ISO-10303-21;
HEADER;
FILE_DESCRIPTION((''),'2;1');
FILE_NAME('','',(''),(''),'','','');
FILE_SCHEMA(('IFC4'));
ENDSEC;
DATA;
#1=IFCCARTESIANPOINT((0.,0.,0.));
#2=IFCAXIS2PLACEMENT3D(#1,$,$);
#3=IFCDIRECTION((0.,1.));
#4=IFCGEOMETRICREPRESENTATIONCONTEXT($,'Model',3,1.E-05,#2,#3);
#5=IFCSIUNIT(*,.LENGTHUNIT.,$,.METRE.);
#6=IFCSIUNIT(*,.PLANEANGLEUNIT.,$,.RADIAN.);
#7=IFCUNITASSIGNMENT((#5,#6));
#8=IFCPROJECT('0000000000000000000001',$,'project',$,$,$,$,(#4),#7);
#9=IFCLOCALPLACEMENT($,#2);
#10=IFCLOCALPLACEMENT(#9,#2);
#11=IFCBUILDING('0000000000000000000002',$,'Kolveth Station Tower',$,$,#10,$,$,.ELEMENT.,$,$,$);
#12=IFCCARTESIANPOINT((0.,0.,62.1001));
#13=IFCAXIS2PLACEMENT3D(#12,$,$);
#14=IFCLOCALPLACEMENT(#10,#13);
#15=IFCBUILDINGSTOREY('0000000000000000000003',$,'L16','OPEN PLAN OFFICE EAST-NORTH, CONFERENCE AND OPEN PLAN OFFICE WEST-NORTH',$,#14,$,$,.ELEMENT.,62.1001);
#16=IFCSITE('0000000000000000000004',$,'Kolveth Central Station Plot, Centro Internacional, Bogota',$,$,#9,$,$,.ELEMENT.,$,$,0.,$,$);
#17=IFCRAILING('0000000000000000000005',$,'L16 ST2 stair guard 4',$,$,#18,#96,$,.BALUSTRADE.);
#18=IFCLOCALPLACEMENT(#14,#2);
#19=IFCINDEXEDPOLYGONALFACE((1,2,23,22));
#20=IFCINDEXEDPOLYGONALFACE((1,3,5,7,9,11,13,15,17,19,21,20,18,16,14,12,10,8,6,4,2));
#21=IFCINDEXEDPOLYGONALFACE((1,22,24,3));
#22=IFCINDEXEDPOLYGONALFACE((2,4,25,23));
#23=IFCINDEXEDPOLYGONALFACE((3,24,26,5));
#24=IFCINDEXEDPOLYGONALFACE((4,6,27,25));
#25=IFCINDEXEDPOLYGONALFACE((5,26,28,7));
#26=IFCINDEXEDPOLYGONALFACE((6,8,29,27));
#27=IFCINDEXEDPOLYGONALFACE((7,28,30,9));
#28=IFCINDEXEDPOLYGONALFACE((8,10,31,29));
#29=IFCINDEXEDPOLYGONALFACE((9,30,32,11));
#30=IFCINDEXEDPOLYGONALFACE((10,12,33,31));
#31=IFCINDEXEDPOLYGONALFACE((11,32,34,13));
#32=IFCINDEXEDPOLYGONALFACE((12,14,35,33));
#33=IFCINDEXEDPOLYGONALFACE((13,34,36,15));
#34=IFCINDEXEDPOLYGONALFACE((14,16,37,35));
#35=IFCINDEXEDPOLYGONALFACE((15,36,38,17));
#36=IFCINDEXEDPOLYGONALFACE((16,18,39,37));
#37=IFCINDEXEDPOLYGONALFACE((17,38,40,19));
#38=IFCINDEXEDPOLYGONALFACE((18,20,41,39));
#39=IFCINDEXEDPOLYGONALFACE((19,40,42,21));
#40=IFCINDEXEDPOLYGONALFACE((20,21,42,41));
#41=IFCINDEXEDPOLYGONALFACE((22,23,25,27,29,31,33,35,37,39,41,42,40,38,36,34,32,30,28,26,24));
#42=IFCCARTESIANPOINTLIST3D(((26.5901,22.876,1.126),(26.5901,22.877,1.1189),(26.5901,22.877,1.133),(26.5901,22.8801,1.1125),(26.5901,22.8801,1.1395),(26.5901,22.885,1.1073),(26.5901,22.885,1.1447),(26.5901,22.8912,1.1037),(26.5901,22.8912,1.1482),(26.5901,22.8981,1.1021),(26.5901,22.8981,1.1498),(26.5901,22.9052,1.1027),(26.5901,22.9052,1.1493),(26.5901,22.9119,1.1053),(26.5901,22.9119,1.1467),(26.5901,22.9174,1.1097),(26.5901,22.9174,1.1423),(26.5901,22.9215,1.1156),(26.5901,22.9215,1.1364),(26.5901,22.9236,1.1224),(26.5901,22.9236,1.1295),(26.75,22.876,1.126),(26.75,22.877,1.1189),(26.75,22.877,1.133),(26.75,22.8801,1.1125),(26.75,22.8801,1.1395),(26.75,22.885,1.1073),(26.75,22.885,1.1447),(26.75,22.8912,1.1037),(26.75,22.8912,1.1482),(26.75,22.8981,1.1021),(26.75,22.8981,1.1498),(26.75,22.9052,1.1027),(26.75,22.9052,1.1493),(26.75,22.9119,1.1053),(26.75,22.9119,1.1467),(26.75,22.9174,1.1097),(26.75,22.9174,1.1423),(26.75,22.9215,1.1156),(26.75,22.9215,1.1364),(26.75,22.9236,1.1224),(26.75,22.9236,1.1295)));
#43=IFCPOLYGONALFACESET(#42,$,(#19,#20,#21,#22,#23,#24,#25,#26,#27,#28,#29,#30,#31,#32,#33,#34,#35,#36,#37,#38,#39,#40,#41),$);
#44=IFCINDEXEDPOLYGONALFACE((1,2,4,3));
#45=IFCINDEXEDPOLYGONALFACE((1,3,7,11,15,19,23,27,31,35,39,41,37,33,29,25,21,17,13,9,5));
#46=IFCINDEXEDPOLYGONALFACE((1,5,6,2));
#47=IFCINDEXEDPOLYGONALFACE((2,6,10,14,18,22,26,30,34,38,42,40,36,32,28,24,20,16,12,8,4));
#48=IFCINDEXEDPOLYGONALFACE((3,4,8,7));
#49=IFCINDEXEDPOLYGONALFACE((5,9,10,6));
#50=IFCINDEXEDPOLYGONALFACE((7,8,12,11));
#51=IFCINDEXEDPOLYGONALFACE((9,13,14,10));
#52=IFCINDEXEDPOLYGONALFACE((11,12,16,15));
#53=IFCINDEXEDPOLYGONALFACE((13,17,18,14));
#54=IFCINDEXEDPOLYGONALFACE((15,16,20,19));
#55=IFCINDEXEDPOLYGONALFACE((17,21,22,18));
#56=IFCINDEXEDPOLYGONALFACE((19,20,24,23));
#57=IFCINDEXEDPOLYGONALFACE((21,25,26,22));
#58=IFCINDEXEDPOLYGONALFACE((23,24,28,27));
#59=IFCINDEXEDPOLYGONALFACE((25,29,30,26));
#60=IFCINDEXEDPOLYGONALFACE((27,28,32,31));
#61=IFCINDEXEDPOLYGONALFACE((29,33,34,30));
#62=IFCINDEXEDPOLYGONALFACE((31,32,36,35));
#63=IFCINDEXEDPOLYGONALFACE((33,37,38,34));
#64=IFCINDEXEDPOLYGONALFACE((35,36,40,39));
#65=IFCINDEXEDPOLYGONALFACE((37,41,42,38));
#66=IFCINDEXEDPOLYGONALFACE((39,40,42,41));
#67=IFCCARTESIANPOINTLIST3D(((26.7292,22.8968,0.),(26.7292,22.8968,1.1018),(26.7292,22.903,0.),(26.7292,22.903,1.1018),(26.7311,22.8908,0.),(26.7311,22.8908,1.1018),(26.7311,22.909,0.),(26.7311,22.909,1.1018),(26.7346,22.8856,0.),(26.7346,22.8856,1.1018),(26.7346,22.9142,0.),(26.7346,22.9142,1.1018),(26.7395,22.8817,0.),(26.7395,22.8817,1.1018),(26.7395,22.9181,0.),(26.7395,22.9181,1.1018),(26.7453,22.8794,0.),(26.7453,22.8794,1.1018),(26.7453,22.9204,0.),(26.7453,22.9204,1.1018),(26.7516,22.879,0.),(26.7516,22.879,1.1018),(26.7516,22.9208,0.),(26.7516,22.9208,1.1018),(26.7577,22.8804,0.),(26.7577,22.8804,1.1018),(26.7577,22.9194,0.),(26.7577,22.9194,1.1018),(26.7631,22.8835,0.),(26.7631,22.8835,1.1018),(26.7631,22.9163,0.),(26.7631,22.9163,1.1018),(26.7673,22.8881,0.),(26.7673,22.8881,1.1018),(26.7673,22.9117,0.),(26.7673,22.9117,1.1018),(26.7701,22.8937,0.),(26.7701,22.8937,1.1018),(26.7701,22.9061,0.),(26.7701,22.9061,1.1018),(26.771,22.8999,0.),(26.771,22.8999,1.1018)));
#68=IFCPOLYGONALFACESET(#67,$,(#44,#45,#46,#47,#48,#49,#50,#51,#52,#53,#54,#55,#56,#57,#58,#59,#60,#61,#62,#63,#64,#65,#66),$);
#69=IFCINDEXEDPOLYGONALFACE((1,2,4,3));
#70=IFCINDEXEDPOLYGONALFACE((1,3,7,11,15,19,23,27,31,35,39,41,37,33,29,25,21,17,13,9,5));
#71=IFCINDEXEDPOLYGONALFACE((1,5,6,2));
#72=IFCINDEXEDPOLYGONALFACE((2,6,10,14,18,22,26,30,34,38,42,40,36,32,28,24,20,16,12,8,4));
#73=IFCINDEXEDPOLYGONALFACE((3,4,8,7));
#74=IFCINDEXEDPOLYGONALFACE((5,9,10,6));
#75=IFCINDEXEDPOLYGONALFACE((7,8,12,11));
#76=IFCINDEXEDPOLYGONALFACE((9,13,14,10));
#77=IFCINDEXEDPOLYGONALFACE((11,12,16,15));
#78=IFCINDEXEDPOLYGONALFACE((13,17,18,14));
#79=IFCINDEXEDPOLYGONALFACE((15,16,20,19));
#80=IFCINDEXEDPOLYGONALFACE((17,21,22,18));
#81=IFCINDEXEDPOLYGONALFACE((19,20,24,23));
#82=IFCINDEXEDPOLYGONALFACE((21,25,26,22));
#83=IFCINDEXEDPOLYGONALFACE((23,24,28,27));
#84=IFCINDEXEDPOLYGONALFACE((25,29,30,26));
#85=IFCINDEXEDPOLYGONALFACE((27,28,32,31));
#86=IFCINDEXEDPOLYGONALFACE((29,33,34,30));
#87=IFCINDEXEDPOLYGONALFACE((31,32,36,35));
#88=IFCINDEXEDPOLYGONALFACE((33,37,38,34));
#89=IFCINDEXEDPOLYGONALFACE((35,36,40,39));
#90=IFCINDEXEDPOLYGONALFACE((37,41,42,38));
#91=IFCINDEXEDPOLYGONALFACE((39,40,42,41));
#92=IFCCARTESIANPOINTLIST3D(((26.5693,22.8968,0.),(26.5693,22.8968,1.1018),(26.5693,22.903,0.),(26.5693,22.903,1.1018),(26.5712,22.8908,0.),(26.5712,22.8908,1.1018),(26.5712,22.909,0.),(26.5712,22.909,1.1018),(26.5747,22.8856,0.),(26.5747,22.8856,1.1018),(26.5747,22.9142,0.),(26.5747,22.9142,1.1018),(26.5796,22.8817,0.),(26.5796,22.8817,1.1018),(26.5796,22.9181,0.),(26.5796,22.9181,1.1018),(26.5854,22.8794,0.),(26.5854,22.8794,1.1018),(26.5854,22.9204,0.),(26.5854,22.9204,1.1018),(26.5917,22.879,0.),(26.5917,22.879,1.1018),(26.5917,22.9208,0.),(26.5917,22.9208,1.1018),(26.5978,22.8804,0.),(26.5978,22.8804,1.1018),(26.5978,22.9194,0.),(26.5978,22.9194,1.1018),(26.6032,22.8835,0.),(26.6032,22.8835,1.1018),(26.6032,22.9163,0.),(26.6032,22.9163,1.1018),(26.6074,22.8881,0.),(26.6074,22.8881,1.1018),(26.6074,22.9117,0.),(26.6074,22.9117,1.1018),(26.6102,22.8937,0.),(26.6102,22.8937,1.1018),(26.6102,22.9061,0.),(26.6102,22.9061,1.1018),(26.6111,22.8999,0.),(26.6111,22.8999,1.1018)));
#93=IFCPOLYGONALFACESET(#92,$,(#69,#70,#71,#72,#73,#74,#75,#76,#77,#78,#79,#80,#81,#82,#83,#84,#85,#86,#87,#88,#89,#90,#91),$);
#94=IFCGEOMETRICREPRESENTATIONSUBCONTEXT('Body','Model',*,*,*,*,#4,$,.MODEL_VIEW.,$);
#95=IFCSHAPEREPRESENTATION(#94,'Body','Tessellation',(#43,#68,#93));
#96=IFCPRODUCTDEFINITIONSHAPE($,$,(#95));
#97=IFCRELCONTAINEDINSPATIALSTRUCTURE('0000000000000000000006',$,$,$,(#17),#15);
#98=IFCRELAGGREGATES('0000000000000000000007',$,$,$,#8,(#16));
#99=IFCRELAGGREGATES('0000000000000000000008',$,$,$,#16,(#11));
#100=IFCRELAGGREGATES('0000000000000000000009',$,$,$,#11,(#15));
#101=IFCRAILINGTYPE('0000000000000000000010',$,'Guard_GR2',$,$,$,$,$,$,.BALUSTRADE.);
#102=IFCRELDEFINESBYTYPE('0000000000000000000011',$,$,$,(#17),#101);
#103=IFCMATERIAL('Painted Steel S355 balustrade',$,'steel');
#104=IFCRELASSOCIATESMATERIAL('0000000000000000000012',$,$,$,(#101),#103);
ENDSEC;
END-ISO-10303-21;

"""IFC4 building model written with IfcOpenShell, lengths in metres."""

from ifc_helpers import new_model, si_unit, direction, frame, origin, origin_2d, place, context, subcontext, project, spatial, circle, extrude, material, type_object, element, save


model = new_model("IFC4")

# Units and contexts
model_context = context("Model", 3, precision=1e-05, world=origin(), true_north=direction((0.0, 1.0)))
body_context = subcontext(model_context, "Body", "Model", "MODEL_VIEW")
ifc_project = project(units=[si_unit("LENGTHUNIT", "METRE"), si_unit("PLANEANGLEUNIT", "RADIAN")], contexts=[model_context])

# Site, building, storey
site_placement = place(None, origin())
site = spatial("IfcSite", under=ifc_project, at=site_placement, Name="Kolveth Central Station Plot, Centro Internacional, Bogota", CompositionType="ELEMENT", RefElevation=0.0)
building_placement = place(site_placement, origin())
building = spatial("IfcBuilding", under=site, at=building_placement, Name="Kolveth Station Tower", CompositionType="ELEMENT")
storey_placement = place(building_placement, frame((0.0, 0.0, 62.1001)))
storey = spatial("IfcBuildingStorey", under=building, at=storey_placement, Name="L16", Description="OPEN PLAN OFFICE EAST-NORTH, CONFERENCE AND OPEN PLAN OFFICE WEST-NORTH", CompositionType="ELEMENT", Elevation=62.1001)

# Railing
ifc_material_1 = material(Name="Painted Steel S355 balustrade", Category="steel")
railing_type_1 = type_object("IfcRailingType", Name="Guard_GR2", PredefinedType="BALUSTRADE", material=ifc_material_1)
railing_1_placement = place(storey_placement, frame((26.75, 22.8999, 0.0)))
element("IfcRailing", 1, at=railing_1_placement, inside=storey, type_object=railing_type_1, Name="L16 ST2 stair guard 4", PredefinedType="BALUSTRADE", context=body_context, shape_type="SweptSolid", body=[
    extrude(circle(Radius=0.0239, at=origin_2d()), frame((0.0, 0.0, 1.126), z_axis=(-1.0, 0.0, 0.0), x_axis=(0.0, -1.0, 0.0)), (0.0, 0.0, 1.0), 0.1599),
    extrude(circle(Radius=0.021, at=origin_2d()), origin(), (0.0, 0.0, 1.0), 1.1018),
    extrude(circle(Radius=0.021, at=origin_2d()), frame((-0.1599, 0.0, 0.0)), (0.0, 0.0, 1.0), 1.1018),
])

save(model, "model.ifc")
